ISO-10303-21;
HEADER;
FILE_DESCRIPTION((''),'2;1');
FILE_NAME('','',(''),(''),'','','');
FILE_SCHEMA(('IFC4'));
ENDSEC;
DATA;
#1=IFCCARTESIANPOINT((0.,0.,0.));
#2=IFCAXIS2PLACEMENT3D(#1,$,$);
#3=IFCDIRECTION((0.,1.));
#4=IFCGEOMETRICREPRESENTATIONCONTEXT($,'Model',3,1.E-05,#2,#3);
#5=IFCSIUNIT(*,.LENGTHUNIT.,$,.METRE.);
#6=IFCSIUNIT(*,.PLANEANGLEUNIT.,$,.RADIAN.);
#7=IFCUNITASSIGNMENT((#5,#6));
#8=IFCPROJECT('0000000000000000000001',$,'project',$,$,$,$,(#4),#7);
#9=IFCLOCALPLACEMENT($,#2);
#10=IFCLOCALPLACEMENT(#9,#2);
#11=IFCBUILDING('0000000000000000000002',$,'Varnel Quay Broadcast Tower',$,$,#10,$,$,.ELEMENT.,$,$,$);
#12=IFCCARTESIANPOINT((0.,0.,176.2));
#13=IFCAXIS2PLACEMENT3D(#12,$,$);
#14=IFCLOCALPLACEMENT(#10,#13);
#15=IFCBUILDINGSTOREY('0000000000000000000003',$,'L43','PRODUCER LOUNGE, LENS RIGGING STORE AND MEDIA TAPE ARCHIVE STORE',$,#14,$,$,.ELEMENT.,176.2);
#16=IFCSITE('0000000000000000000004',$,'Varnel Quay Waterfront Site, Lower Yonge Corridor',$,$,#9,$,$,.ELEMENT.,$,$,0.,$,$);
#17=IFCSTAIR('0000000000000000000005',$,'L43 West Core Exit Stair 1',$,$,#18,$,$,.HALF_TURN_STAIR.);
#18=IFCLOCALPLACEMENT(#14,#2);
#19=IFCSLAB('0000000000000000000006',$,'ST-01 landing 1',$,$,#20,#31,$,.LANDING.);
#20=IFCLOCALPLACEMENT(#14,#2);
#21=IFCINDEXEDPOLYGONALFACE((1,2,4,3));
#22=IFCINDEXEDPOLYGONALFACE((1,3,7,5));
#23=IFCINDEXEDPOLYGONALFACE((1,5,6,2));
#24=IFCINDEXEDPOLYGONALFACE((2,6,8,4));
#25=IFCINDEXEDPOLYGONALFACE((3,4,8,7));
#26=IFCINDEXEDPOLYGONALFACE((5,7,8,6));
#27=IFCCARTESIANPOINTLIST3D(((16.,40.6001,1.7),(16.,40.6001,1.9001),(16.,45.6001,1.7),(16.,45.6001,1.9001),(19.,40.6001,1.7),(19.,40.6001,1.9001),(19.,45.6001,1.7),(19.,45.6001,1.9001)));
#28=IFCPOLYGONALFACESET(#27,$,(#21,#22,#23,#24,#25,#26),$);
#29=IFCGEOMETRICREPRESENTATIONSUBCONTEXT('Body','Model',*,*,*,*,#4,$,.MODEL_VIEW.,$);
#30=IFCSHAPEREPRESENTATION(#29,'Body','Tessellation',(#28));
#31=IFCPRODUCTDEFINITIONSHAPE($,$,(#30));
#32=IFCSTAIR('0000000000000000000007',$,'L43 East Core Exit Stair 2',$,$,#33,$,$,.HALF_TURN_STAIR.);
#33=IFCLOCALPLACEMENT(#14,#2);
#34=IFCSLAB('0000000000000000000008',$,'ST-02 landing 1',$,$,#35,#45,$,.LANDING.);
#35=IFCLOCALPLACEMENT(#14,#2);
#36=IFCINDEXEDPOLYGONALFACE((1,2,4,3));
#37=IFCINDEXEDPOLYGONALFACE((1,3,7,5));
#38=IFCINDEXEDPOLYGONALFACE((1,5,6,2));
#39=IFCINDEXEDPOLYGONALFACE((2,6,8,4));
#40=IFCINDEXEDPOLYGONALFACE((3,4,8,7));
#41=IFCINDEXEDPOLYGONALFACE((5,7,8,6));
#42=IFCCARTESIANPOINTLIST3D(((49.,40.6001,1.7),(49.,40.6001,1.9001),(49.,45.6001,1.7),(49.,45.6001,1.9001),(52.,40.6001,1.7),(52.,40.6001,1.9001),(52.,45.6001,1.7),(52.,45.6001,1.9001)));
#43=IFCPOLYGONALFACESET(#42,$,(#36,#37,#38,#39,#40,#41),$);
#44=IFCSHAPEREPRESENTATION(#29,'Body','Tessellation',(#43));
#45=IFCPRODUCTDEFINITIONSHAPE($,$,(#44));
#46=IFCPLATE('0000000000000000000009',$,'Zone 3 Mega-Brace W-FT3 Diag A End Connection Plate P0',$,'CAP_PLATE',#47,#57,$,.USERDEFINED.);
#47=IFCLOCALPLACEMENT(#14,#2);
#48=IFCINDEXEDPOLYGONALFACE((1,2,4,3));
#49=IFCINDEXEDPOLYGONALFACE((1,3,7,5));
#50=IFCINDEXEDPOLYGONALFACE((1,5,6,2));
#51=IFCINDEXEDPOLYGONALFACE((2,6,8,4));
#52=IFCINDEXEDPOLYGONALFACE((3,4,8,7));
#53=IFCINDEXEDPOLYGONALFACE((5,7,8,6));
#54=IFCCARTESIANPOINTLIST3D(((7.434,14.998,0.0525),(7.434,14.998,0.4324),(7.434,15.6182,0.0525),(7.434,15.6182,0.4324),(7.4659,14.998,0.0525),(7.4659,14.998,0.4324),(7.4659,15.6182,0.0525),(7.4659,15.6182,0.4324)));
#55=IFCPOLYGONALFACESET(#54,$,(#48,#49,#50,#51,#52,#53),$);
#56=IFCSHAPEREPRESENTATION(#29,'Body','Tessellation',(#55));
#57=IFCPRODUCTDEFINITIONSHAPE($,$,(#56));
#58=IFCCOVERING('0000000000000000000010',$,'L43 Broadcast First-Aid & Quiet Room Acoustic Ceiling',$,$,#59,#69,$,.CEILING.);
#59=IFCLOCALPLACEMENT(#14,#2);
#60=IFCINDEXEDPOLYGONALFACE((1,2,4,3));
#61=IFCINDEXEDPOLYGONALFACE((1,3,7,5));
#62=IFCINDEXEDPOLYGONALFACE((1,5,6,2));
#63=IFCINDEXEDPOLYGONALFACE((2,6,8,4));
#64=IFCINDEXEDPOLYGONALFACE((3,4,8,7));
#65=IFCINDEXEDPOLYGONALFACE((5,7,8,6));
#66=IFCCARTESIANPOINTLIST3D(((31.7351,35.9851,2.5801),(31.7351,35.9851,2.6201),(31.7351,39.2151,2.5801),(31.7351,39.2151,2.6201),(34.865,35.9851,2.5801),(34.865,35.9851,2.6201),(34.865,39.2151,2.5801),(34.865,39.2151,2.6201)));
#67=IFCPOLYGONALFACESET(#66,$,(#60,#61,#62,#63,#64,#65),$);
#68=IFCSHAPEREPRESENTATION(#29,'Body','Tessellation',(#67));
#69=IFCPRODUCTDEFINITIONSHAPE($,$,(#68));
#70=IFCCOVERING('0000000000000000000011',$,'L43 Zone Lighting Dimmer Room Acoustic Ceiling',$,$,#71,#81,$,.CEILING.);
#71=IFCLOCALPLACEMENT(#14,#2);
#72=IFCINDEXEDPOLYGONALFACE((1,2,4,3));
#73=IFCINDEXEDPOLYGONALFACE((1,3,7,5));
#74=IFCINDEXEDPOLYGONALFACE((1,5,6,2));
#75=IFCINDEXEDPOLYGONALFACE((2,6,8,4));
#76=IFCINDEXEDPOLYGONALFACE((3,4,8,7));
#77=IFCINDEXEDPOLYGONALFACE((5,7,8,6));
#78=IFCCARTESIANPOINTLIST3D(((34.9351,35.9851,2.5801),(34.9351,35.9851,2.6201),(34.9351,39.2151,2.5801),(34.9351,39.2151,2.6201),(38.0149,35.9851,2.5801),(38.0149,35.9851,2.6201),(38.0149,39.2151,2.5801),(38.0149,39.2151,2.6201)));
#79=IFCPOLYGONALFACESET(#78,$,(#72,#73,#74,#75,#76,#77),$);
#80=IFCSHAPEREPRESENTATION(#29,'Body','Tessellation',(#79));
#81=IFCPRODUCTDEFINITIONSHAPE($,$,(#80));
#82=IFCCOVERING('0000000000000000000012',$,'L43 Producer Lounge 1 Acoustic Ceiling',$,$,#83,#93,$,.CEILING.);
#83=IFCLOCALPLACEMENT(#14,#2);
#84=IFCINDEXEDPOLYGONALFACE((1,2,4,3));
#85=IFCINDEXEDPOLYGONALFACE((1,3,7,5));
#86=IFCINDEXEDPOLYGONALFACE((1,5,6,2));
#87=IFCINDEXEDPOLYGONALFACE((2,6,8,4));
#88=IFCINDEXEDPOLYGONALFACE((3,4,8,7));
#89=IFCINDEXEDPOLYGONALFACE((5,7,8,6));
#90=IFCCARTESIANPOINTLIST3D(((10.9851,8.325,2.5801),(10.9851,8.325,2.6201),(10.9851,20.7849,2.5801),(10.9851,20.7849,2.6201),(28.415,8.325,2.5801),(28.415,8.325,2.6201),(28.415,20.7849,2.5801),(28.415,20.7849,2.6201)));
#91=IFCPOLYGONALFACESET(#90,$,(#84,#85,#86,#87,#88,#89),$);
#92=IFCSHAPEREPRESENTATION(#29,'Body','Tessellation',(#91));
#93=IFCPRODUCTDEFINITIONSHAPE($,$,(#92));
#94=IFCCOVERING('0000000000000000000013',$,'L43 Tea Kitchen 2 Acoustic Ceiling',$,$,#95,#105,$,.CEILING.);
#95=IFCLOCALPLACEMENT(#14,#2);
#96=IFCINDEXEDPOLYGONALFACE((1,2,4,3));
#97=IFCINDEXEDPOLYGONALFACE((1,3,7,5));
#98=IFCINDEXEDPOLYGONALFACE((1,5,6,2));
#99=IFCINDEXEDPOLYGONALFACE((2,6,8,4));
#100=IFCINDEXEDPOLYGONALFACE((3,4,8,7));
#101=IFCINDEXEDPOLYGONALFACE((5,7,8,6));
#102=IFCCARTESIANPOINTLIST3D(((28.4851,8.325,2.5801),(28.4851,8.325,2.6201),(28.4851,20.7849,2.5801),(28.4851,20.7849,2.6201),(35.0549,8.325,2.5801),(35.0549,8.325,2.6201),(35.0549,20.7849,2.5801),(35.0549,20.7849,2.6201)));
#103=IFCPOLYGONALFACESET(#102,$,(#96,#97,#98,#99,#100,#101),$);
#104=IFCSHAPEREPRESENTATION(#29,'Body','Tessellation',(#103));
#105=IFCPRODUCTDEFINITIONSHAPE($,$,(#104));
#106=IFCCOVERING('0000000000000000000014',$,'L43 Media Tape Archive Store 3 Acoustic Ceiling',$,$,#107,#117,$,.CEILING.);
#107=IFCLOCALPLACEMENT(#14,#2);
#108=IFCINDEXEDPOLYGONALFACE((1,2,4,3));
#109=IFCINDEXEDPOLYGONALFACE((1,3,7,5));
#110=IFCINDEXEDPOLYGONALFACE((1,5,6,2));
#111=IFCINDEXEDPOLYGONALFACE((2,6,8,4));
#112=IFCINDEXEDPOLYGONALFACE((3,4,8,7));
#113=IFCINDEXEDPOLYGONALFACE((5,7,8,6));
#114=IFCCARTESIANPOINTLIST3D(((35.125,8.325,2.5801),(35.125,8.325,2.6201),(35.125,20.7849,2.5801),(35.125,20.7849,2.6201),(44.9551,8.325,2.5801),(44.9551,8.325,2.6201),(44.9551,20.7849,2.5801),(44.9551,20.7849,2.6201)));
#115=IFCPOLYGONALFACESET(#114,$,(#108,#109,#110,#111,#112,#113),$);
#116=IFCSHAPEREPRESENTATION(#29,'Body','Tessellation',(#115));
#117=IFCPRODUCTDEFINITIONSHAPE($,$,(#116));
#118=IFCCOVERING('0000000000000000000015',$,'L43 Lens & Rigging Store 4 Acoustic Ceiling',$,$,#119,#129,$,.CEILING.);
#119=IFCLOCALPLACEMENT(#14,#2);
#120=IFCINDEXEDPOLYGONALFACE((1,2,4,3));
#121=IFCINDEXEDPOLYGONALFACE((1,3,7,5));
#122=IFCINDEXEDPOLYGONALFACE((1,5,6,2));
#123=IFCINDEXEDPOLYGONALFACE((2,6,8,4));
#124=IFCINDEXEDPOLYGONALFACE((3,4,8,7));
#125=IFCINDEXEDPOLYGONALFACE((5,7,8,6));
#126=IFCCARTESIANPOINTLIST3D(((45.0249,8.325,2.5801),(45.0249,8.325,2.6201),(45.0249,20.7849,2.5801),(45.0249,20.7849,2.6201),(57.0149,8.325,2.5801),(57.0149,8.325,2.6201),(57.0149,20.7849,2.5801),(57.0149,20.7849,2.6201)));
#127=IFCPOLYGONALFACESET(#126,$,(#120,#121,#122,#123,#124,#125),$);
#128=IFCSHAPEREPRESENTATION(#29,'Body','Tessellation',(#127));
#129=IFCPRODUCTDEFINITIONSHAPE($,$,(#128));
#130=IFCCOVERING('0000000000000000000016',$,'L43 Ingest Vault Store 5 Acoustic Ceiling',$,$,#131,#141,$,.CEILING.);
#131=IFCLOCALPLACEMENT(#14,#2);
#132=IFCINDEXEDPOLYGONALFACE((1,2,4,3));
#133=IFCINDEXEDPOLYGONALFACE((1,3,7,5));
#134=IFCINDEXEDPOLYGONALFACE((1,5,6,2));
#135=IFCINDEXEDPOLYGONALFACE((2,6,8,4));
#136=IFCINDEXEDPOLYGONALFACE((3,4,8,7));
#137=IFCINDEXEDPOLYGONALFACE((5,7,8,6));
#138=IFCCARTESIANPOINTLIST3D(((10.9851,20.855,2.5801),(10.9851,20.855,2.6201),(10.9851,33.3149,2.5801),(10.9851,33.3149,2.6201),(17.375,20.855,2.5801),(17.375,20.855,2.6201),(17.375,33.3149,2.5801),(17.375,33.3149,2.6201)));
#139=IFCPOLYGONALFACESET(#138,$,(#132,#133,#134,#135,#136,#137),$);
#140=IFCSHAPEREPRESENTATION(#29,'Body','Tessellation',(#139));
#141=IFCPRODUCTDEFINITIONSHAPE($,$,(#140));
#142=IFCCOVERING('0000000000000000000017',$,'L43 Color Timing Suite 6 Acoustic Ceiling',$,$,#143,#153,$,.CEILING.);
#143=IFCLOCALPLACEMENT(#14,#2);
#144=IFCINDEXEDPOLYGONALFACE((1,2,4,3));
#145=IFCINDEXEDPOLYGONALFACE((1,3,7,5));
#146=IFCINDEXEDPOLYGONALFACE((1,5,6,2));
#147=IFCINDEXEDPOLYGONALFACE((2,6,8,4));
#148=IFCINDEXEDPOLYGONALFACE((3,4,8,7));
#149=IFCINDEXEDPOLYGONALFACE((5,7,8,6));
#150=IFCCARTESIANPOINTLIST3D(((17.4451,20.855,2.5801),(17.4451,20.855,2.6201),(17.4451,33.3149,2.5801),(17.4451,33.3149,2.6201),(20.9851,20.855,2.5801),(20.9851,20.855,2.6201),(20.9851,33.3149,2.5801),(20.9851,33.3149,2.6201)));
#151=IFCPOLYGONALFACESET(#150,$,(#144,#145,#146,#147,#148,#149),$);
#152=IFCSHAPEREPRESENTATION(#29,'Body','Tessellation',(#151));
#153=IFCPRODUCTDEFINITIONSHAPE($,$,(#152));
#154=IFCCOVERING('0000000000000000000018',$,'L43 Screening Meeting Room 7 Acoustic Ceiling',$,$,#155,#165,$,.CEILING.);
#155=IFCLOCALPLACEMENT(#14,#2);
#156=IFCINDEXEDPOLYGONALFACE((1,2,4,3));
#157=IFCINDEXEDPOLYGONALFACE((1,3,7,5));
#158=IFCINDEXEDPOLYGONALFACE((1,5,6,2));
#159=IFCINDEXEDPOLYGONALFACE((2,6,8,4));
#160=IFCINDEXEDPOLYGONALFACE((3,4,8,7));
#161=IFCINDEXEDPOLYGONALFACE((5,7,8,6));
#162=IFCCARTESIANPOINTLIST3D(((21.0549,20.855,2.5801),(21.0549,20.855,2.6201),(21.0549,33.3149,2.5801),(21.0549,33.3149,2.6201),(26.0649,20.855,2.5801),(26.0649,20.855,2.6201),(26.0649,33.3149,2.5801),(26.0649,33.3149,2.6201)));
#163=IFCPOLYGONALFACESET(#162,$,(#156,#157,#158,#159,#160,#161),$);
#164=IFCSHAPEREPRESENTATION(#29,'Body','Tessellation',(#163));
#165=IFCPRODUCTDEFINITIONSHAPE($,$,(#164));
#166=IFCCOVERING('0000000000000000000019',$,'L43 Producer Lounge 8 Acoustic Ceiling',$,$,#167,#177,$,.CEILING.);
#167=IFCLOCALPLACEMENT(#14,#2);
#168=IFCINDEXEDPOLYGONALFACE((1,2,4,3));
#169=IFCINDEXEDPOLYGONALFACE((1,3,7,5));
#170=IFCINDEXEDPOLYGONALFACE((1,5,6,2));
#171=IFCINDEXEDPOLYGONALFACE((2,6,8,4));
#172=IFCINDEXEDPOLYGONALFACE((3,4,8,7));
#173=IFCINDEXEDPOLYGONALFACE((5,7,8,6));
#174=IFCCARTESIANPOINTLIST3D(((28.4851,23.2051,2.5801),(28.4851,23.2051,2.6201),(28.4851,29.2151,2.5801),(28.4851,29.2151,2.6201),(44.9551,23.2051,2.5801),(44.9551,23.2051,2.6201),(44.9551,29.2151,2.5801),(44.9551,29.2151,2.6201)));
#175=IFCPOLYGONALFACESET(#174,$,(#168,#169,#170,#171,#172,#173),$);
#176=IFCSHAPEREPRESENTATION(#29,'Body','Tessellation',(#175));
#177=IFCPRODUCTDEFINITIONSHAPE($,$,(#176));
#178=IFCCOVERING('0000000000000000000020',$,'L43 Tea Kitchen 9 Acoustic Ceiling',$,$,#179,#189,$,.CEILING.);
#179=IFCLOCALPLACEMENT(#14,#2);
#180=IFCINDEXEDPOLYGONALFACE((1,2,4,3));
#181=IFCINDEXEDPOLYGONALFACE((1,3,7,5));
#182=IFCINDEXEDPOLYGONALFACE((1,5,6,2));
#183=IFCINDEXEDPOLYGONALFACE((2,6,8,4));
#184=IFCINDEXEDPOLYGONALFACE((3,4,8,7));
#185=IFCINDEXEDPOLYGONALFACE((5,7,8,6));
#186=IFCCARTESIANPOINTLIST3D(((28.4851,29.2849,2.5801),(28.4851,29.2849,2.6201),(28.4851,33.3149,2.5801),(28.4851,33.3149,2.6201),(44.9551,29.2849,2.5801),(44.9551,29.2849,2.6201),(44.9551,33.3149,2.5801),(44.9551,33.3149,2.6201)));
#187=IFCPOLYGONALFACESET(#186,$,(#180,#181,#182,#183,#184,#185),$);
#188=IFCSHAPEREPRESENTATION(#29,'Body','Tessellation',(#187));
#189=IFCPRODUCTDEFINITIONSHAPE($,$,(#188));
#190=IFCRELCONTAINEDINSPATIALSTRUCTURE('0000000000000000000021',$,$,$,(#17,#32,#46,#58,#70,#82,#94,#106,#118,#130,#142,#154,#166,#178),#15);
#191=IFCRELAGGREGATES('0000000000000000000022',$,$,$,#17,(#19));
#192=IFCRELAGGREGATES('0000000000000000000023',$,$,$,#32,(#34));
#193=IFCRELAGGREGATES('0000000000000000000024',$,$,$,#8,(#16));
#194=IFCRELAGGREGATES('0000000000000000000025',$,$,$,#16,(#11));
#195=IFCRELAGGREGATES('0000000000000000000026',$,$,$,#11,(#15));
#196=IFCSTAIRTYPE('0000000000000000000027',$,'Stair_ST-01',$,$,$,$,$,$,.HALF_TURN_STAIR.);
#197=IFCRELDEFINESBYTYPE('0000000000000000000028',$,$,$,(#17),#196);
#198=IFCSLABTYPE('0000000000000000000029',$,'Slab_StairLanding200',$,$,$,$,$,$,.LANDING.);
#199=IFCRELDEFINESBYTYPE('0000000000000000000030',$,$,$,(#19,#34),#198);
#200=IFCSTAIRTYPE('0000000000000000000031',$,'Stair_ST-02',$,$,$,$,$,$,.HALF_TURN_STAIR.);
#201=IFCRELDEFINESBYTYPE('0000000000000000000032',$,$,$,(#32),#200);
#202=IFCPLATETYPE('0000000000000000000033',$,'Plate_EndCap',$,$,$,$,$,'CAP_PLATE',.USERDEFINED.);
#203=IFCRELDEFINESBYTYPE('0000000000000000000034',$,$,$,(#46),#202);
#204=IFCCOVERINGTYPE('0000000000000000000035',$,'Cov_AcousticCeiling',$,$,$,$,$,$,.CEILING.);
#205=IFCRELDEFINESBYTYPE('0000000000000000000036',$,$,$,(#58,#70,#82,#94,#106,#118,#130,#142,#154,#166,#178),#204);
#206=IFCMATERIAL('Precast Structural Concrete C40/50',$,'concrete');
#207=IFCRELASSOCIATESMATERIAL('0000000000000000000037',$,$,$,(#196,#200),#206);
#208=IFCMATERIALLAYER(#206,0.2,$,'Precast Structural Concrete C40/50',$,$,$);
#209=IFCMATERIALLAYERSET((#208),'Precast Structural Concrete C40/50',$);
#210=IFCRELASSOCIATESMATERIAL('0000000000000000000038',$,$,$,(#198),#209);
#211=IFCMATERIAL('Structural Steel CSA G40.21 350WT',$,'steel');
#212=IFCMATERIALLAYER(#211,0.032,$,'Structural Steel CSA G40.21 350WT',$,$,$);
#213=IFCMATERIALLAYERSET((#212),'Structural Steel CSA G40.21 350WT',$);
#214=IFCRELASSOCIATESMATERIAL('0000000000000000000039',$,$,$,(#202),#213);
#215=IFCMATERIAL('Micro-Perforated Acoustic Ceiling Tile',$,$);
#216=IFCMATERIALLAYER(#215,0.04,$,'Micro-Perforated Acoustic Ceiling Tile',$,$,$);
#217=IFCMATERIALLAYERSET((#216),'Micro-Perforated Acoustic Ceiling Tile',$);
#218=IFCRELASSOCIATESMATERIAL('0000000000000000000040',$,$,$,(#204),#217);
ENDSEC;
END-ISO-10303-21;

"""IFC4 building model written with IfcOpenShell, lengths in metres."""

from ifc_helpers import new_model, si_unit, direction, frame, origin, origin_2d, place, context, subcontext, project, spatial, polyline, rectangle, outline, extrude, source, transform, mapped, material, layer, layer_set, type_object, type_shapes, element, aggregate, save


model = new_model("IFC4")

# Units and contexts
model_context = context("Model", 3, precision=1e-05, world=origin(), true_north=direction((0.0, 1.0)))
body_context = subcontext(model_context, "Body", "Model", "MODEL_VIEW")
ifc_project = project(units=[si_unit("LENGTHUNIT", "METRE"), si_unit("PLANEANGLEUNIT", "RADIAN")], contexts=[model_context])

# Site, building, storey
site_placement = place(None, origin())
site = spatial("IfcSite", under=ifc_project, at=site_placement, Name="Varnel Quay Waterfront Site, Lower Yonge Corridor", CompositionType="ELEMENT", RefElevation=0.0)
building_placement = place(site_placement, origin())
building = spatial("IfcBuilding", under=site, at=building_placement, Name="Varnel Quay Broadcast Tower", CompositionType="ELEMENT")
storey_placement = place(building_placement, frame((0.0, 0.0, 176.2)))
storey = spatial("IfcBuildingStorey", under=building, at=storey_placement, Name="L43", Description="PRODUCER LOUNGE, LENS RIGGING STORE AND MEDIA TAPE ARCHIVE STORE", CompositionType="ELEMENT", Elevation=176.2)

# Shared definitions
ifc_material_1 = material(Name="Structural Steel CSA G40.21 350WT", Category="steel")

# Stairs, slabs
ifc_material_2 = material(Name="Precast Structural Concrete C40/50", Category="concrete")
stair_type_1 = type_object("IfcStairType", Name="Stair_ST-01", PredefinedType="HALF_TURN_STAIR", material=ifc_material_2)
stair_1_placement = place(storey_placement, origin())
stair_1 = element("IfcStair", 1, at=stair_1_placement, inside=storey, type_object=stair_type_1, Name="L43 West Core Exit Stair 1", PredefinedType="HALF_TURN_STAIR")
ifc_layer_1 = layer(ifc_material_2, 0.2, Name="Precast Structural Concrete C40/50")
ifc_layer_set_1 = layer_set([ifc_layer_1], Name="Precast Structural Concrete C40/50")
slab_type_1 = type_object("IfcSlabType", Name="Slab_StairLanding200", PredefinedType="LANDING", material=ifc_layer_set_1)
slab_1_placement = place(storey_placement, frame((0.0, 0.0, 1.7)))
slab_1 = element("IfcSlab", 2, at=slab_1_placement, type_object=slab_type_1, Name="ST-01 landing 1", PredefinedType="LANDING", context=body_context, shape_type="SweptSolid", body=[
    extrude(outline(polyline([(19.0, 40.6001), (19.0, 45.6001), (16.0, 45.6001), (16.0, 40.6001), (19.0, 40.6001)])), origin(), (0.0, 0.0, 1.0), 0.2002),
])
aggregate(stair_1, [slab_1])
stair_type_2 = type_object("IfcStairType", Name="Stair_ST-02", PredefinedType="HALF_TURN_STAIR", material=ifc_material_2)
stair_2_placement = place(storey_placement, origin())
stair_2 = element("IfcStair", 3, at=stair_2_placement, inside=storey, type_object=stair_type_2, Name="L43 East Core Exit Stair 2", PredefinedType="HALF_TURN_STAIR")
slab_2_placement = place(storey_placement, frame((0.0, 0.0, 1.7)))
slab_2 = element("IfcSlab", 4, at=slab_2_placement, type_object=slab_type_1, Name="ST-02 landing 1", PredefinedType="LANDING", context=body_context, shape_type="SweptSolid", body=[
    extrude(outline(polyline([(52.0, 40.6001), (52.0, 45.6001), (49.0, 45.6001), (49.0, 40.6001), (52.0, 40.6001)])), origin(), (0.0, 0.0, 1.0), 0.2002),
])
aggregate(stair_2, [slab_2])

# Plate
ifc_layer_2 = layer(ifc_material_1, 0.032, Name="Structural Steel CSA G40.21 350WT")
ifc_layer_set_2 = layer_set([ifc_layer_2], Name="Structural Steel CSA G40.21 350WT")
plate_type = type_object("IfcPlateType", Name="Plate_EndCap", ElementType="CAP_PLATE", PredefinedType="USERDEFINED", material=ifc_layer_set_2)
shared_shape_1 = source(origin(), body_context, "Body", "SweptSolid", [
    extrude(rectangle(XDim=0.6201, YDim=0.032, at=origin_2d()), origin(), (0.0, 0.0, 1.0), 0.3799),
])
type_shapes(plate_type, [shared_shape_1])
plate_placement = place(storey_placement, frame((7.45, 15.3081, 0.0525), z_axis=(0.0, 0.0, 1.0), x_axis=(0.0, 1.0, 0.0)))
element("IfcPlate", 5, at=plate_placement, inside=storey, type_object=plate_type, Name="Zone 3 Mega-Brace W-FT3 Diag A End Connection Plate P0", ObjectType="CAP_PLATE", PredefinedType="USERDEFINED", context=body_context, shape_type="MappedRepresentation", body=[
    mapped(shared_shape_1, transform((0.0, 0.0, 0.0), x_axis=(1.0, 0.0, 0.0), y_axis=(0.0, 1.0, 0.0), z_axis=(0.0, 0.0, 1.0), scale=1.0)),
])

# Coverings
ifc_material_3 = material(Name="Micro-Perforated Acoustic Ceiling Tile")
ifc_layer_3 = layer(ifc_material_3, 0.04, Name="Micro-Perforated Acoustic Ceiling Tile")
ifc_layer_set_3 = layer_set([ifc_layer_3], Name="Micro-Perforated Acoustic Ceiling Tile")
covering_type_1 = type_object("IfcCoveringType", Name="Cov_AcousticCeiling", PredefinedType="CEILING", material=ifc_layer_set_3)
covering_1_placement = place(storey_placement, frame((0.0, 0.0, 2.5801)))
element("IfcCovering", 6, at=covering_1_placement, inside=storey, type_object=covering_type_1, Name="L43 Broadcast First-Aid & Quiet Room Acoustic Ceiling", PredefinedType="CEILING", context=body_context, shape_type="SweptSolid", body=[
    extrude(outline(polyline([(31.7351, 35.9851), (34.865, 35.9851), (34.865, 39.2151), (31.7351, 39.2151), (31.7351, 35.9851)])), origin(), (0.0, 0.0, 1.0), 0.04),
])
covering_2_placement = place(storey_placement, frame((0.0, 0.0, 2.5801)))
element("IfcCovering", 7, at=covering_2_placement, inside=storey, type_object=covering_type_1, Name="L43 Zone Lighting Dimmer Room Acoustic Ceiling", PredefinedType="CEILING", context=body_context, shape_type="SweptSolid", body=[
    extrude(outline(polyline([(34.9351, 35.9851), (38.0149, 35.9851), (38.0149, 39.2151), (34.9351, 39.2151), (34.9351, 35.9851)])), origin(), (0.0, 0.0, 1.0), 0.04),
])
covering_3_placement = place(storey_placement, frame((0.0, 0.0, 2.5801)))
element("IfcCovering", 8, at=covering_3_placement, inside=storey, type_object=covering_type_1, Name="L43 Producer Lounge 1 Acoustic Ceiling", PredefinedType="CEILING", context=body_context, shape_type="SweptSolid", body=[
    extrude(outline(polyline([(10.9851, 8.325), (28.415, 8.325), (28.415, 20.7849), (10.9851, 20.7849), (10.9851, 8.325)])), origin(), (0.0, 0.0, 1.0), 0.04),
])
covering_4_placement = place(storey_placement, frame((0.0, 0.0, 2.5801)))
element("IfcCovering", 9, at=covering_4_placement, inside=storey, type_object=covering_type_1, Name="L43 Tea Kitchen 2 Acoustic Ceiling", PredefinedType="CEILING", context=body_context, shape_type="SweptSolid", body=[
    extrude(outline(polyline([(28.4851, 8.325), (35.0549, 8.325), (35.0549, 20.7849), (28.4851, 20.7849), (28.4851, 8.325)])), origin(), (0.0, 0.0, 1.0), 0.04),
])
covering_5_placement = place(storey_placement, frame((0.0, 0.0, 2.5801)))
element("IfcCovering", 10, at=covering_5_placement, inside=storey, type_object=covering_type_1, Name="L43 Media Tape Archive Store 3 Acoustic Ceiling", PredefinedType="CEILING", context=body_context, shape_type="SweptSolid", body=[
    extrude(outline(polyline([(35.125, 8.325), (44.9551, 8.325), (44.9551, 20.7849), (35.125, 20.7849), (35.125, 8.325)])), origin(), (0.0, 0.0, 1.0), 0.04),
])
covering_6_placement = place(storey_placement, frame((0.0, 0.0, 2.5801)))
element("IfcCovering", 11, at=covering_6_placement, inside=storey, type_object=covering_type_1, Name="L43 Lens & Rigging Store 4 Acoustic Ceiling", PredefinedType="CEILING", context=body_context, shape_type="SweptSolid", body=[
    extrude(outline(polyline([(45.0249, 8.325), (57.0149, 8.325), (57.0149, 20.7849), (45.0249, 20.7849), (45.0249, 8.325)])), origin(), (0.0, 0.0, 1.0), 0.04),
])
covering_7_placement = place(storey_placement, frame((0.0, 0.0, 2.5801)))
element("IfcCovering", 12, at=covering_7_placement, inside=storey, type_object=covering_type_1, Name="L43 Ingest Vault Store 5 Acoustic Ceiling", PredefinedType="CEILING", context=body_context, shape_type="SweptSolid", body=[
    extrude(outline(polyline([(10.9851, 20.855), (17.375, 20.855), (17.375, 33.3149), (10.9851, 33.3149), (10.9851, 20.855)])), origin(), (0.0, 0.0, 1.0), 0.04),
])
covering_8_placement = place(storey_placement, frame((0.0, 0.0, 2.5801)))
element("IfcCovering", 13, at=covering_8_placement, inside=storey, type_object=covering_type_1, Name="L43 Color Timing Suite 6 Acoustic Ceiling", PredefinedType="CEILING", context=body_context, shape_type="SweptSolid", body=[
    extrude(outline(polyline([(17.4451, 20.855), (20.9851, 20.855), (20.9851, 33.3149), (17.4451, 33.3149), (17.4451, 20.855)])), origin(), (0.0, 0.0, 1.0), 0.04),
])
covering_9_placement = place(storey_placement, frame((0.0, 0.0, 2.5801)))
element("IfcCovering", 14, at=covering_9_placement, inside=storey, type_object=covering_type_1, Name="L43 Screening Meeting Room 7 Acoustic Ceiling", PredefinedType="CEILING", context=body_context, shape_type="SweptSolid", body=[
    extrude(outline(polyline([(21.0549, 20.855), (26.0649, 20.855), (26.0649, 33.3149), (21.0549, 33.3149), (21.0549, 20.855)])), origin(), (0.0, 0.0, 1.0), 0.04),
])
covering_10_placement = place(storey_placement, frame((0.0, 0.0, 2.5801)))
element("IfcCovering", 15, at=covering_10_placement, inside=storey, type_object=covering_type_1, Name="L43 Producer Lounge 8 Acoustic Ceiling", PredefinedType="CEILING", context=body_context, shape_type="SweptSolid", body=[
    extrude(outline(polyline([(28.4851, 23.2051), (44.9551, 23.2051), (44.9551, 29.2151), (28.4851, 29.2151), (28.4851, 23.2051)])), origin(), (0.0, 0.0, 1.0), 0.04),
])
covering_11_placement = place(storey_placement, frame((0.0, 0.0, 2.5801)))
element("IfcCovering", 16, at=covering_11_placement, inside=storey, type_object=covering_type_1, Name="L43 Tea Kitchen 9 Acoustic Ceiling", PredefinedType="CEILING", context=body_context, shape_type="SweptSolid", body=[
    extrude(outline(polyline([(28.4851, 29.2849), (44.9551, 29.2849), (44.9551, 33.3149), (28.4851, 33.3149), (28.4851, 29.2849)])), origin(), (0.0, 0.0, 1.0), 0.04),
])

save(model, "model.ifc")
